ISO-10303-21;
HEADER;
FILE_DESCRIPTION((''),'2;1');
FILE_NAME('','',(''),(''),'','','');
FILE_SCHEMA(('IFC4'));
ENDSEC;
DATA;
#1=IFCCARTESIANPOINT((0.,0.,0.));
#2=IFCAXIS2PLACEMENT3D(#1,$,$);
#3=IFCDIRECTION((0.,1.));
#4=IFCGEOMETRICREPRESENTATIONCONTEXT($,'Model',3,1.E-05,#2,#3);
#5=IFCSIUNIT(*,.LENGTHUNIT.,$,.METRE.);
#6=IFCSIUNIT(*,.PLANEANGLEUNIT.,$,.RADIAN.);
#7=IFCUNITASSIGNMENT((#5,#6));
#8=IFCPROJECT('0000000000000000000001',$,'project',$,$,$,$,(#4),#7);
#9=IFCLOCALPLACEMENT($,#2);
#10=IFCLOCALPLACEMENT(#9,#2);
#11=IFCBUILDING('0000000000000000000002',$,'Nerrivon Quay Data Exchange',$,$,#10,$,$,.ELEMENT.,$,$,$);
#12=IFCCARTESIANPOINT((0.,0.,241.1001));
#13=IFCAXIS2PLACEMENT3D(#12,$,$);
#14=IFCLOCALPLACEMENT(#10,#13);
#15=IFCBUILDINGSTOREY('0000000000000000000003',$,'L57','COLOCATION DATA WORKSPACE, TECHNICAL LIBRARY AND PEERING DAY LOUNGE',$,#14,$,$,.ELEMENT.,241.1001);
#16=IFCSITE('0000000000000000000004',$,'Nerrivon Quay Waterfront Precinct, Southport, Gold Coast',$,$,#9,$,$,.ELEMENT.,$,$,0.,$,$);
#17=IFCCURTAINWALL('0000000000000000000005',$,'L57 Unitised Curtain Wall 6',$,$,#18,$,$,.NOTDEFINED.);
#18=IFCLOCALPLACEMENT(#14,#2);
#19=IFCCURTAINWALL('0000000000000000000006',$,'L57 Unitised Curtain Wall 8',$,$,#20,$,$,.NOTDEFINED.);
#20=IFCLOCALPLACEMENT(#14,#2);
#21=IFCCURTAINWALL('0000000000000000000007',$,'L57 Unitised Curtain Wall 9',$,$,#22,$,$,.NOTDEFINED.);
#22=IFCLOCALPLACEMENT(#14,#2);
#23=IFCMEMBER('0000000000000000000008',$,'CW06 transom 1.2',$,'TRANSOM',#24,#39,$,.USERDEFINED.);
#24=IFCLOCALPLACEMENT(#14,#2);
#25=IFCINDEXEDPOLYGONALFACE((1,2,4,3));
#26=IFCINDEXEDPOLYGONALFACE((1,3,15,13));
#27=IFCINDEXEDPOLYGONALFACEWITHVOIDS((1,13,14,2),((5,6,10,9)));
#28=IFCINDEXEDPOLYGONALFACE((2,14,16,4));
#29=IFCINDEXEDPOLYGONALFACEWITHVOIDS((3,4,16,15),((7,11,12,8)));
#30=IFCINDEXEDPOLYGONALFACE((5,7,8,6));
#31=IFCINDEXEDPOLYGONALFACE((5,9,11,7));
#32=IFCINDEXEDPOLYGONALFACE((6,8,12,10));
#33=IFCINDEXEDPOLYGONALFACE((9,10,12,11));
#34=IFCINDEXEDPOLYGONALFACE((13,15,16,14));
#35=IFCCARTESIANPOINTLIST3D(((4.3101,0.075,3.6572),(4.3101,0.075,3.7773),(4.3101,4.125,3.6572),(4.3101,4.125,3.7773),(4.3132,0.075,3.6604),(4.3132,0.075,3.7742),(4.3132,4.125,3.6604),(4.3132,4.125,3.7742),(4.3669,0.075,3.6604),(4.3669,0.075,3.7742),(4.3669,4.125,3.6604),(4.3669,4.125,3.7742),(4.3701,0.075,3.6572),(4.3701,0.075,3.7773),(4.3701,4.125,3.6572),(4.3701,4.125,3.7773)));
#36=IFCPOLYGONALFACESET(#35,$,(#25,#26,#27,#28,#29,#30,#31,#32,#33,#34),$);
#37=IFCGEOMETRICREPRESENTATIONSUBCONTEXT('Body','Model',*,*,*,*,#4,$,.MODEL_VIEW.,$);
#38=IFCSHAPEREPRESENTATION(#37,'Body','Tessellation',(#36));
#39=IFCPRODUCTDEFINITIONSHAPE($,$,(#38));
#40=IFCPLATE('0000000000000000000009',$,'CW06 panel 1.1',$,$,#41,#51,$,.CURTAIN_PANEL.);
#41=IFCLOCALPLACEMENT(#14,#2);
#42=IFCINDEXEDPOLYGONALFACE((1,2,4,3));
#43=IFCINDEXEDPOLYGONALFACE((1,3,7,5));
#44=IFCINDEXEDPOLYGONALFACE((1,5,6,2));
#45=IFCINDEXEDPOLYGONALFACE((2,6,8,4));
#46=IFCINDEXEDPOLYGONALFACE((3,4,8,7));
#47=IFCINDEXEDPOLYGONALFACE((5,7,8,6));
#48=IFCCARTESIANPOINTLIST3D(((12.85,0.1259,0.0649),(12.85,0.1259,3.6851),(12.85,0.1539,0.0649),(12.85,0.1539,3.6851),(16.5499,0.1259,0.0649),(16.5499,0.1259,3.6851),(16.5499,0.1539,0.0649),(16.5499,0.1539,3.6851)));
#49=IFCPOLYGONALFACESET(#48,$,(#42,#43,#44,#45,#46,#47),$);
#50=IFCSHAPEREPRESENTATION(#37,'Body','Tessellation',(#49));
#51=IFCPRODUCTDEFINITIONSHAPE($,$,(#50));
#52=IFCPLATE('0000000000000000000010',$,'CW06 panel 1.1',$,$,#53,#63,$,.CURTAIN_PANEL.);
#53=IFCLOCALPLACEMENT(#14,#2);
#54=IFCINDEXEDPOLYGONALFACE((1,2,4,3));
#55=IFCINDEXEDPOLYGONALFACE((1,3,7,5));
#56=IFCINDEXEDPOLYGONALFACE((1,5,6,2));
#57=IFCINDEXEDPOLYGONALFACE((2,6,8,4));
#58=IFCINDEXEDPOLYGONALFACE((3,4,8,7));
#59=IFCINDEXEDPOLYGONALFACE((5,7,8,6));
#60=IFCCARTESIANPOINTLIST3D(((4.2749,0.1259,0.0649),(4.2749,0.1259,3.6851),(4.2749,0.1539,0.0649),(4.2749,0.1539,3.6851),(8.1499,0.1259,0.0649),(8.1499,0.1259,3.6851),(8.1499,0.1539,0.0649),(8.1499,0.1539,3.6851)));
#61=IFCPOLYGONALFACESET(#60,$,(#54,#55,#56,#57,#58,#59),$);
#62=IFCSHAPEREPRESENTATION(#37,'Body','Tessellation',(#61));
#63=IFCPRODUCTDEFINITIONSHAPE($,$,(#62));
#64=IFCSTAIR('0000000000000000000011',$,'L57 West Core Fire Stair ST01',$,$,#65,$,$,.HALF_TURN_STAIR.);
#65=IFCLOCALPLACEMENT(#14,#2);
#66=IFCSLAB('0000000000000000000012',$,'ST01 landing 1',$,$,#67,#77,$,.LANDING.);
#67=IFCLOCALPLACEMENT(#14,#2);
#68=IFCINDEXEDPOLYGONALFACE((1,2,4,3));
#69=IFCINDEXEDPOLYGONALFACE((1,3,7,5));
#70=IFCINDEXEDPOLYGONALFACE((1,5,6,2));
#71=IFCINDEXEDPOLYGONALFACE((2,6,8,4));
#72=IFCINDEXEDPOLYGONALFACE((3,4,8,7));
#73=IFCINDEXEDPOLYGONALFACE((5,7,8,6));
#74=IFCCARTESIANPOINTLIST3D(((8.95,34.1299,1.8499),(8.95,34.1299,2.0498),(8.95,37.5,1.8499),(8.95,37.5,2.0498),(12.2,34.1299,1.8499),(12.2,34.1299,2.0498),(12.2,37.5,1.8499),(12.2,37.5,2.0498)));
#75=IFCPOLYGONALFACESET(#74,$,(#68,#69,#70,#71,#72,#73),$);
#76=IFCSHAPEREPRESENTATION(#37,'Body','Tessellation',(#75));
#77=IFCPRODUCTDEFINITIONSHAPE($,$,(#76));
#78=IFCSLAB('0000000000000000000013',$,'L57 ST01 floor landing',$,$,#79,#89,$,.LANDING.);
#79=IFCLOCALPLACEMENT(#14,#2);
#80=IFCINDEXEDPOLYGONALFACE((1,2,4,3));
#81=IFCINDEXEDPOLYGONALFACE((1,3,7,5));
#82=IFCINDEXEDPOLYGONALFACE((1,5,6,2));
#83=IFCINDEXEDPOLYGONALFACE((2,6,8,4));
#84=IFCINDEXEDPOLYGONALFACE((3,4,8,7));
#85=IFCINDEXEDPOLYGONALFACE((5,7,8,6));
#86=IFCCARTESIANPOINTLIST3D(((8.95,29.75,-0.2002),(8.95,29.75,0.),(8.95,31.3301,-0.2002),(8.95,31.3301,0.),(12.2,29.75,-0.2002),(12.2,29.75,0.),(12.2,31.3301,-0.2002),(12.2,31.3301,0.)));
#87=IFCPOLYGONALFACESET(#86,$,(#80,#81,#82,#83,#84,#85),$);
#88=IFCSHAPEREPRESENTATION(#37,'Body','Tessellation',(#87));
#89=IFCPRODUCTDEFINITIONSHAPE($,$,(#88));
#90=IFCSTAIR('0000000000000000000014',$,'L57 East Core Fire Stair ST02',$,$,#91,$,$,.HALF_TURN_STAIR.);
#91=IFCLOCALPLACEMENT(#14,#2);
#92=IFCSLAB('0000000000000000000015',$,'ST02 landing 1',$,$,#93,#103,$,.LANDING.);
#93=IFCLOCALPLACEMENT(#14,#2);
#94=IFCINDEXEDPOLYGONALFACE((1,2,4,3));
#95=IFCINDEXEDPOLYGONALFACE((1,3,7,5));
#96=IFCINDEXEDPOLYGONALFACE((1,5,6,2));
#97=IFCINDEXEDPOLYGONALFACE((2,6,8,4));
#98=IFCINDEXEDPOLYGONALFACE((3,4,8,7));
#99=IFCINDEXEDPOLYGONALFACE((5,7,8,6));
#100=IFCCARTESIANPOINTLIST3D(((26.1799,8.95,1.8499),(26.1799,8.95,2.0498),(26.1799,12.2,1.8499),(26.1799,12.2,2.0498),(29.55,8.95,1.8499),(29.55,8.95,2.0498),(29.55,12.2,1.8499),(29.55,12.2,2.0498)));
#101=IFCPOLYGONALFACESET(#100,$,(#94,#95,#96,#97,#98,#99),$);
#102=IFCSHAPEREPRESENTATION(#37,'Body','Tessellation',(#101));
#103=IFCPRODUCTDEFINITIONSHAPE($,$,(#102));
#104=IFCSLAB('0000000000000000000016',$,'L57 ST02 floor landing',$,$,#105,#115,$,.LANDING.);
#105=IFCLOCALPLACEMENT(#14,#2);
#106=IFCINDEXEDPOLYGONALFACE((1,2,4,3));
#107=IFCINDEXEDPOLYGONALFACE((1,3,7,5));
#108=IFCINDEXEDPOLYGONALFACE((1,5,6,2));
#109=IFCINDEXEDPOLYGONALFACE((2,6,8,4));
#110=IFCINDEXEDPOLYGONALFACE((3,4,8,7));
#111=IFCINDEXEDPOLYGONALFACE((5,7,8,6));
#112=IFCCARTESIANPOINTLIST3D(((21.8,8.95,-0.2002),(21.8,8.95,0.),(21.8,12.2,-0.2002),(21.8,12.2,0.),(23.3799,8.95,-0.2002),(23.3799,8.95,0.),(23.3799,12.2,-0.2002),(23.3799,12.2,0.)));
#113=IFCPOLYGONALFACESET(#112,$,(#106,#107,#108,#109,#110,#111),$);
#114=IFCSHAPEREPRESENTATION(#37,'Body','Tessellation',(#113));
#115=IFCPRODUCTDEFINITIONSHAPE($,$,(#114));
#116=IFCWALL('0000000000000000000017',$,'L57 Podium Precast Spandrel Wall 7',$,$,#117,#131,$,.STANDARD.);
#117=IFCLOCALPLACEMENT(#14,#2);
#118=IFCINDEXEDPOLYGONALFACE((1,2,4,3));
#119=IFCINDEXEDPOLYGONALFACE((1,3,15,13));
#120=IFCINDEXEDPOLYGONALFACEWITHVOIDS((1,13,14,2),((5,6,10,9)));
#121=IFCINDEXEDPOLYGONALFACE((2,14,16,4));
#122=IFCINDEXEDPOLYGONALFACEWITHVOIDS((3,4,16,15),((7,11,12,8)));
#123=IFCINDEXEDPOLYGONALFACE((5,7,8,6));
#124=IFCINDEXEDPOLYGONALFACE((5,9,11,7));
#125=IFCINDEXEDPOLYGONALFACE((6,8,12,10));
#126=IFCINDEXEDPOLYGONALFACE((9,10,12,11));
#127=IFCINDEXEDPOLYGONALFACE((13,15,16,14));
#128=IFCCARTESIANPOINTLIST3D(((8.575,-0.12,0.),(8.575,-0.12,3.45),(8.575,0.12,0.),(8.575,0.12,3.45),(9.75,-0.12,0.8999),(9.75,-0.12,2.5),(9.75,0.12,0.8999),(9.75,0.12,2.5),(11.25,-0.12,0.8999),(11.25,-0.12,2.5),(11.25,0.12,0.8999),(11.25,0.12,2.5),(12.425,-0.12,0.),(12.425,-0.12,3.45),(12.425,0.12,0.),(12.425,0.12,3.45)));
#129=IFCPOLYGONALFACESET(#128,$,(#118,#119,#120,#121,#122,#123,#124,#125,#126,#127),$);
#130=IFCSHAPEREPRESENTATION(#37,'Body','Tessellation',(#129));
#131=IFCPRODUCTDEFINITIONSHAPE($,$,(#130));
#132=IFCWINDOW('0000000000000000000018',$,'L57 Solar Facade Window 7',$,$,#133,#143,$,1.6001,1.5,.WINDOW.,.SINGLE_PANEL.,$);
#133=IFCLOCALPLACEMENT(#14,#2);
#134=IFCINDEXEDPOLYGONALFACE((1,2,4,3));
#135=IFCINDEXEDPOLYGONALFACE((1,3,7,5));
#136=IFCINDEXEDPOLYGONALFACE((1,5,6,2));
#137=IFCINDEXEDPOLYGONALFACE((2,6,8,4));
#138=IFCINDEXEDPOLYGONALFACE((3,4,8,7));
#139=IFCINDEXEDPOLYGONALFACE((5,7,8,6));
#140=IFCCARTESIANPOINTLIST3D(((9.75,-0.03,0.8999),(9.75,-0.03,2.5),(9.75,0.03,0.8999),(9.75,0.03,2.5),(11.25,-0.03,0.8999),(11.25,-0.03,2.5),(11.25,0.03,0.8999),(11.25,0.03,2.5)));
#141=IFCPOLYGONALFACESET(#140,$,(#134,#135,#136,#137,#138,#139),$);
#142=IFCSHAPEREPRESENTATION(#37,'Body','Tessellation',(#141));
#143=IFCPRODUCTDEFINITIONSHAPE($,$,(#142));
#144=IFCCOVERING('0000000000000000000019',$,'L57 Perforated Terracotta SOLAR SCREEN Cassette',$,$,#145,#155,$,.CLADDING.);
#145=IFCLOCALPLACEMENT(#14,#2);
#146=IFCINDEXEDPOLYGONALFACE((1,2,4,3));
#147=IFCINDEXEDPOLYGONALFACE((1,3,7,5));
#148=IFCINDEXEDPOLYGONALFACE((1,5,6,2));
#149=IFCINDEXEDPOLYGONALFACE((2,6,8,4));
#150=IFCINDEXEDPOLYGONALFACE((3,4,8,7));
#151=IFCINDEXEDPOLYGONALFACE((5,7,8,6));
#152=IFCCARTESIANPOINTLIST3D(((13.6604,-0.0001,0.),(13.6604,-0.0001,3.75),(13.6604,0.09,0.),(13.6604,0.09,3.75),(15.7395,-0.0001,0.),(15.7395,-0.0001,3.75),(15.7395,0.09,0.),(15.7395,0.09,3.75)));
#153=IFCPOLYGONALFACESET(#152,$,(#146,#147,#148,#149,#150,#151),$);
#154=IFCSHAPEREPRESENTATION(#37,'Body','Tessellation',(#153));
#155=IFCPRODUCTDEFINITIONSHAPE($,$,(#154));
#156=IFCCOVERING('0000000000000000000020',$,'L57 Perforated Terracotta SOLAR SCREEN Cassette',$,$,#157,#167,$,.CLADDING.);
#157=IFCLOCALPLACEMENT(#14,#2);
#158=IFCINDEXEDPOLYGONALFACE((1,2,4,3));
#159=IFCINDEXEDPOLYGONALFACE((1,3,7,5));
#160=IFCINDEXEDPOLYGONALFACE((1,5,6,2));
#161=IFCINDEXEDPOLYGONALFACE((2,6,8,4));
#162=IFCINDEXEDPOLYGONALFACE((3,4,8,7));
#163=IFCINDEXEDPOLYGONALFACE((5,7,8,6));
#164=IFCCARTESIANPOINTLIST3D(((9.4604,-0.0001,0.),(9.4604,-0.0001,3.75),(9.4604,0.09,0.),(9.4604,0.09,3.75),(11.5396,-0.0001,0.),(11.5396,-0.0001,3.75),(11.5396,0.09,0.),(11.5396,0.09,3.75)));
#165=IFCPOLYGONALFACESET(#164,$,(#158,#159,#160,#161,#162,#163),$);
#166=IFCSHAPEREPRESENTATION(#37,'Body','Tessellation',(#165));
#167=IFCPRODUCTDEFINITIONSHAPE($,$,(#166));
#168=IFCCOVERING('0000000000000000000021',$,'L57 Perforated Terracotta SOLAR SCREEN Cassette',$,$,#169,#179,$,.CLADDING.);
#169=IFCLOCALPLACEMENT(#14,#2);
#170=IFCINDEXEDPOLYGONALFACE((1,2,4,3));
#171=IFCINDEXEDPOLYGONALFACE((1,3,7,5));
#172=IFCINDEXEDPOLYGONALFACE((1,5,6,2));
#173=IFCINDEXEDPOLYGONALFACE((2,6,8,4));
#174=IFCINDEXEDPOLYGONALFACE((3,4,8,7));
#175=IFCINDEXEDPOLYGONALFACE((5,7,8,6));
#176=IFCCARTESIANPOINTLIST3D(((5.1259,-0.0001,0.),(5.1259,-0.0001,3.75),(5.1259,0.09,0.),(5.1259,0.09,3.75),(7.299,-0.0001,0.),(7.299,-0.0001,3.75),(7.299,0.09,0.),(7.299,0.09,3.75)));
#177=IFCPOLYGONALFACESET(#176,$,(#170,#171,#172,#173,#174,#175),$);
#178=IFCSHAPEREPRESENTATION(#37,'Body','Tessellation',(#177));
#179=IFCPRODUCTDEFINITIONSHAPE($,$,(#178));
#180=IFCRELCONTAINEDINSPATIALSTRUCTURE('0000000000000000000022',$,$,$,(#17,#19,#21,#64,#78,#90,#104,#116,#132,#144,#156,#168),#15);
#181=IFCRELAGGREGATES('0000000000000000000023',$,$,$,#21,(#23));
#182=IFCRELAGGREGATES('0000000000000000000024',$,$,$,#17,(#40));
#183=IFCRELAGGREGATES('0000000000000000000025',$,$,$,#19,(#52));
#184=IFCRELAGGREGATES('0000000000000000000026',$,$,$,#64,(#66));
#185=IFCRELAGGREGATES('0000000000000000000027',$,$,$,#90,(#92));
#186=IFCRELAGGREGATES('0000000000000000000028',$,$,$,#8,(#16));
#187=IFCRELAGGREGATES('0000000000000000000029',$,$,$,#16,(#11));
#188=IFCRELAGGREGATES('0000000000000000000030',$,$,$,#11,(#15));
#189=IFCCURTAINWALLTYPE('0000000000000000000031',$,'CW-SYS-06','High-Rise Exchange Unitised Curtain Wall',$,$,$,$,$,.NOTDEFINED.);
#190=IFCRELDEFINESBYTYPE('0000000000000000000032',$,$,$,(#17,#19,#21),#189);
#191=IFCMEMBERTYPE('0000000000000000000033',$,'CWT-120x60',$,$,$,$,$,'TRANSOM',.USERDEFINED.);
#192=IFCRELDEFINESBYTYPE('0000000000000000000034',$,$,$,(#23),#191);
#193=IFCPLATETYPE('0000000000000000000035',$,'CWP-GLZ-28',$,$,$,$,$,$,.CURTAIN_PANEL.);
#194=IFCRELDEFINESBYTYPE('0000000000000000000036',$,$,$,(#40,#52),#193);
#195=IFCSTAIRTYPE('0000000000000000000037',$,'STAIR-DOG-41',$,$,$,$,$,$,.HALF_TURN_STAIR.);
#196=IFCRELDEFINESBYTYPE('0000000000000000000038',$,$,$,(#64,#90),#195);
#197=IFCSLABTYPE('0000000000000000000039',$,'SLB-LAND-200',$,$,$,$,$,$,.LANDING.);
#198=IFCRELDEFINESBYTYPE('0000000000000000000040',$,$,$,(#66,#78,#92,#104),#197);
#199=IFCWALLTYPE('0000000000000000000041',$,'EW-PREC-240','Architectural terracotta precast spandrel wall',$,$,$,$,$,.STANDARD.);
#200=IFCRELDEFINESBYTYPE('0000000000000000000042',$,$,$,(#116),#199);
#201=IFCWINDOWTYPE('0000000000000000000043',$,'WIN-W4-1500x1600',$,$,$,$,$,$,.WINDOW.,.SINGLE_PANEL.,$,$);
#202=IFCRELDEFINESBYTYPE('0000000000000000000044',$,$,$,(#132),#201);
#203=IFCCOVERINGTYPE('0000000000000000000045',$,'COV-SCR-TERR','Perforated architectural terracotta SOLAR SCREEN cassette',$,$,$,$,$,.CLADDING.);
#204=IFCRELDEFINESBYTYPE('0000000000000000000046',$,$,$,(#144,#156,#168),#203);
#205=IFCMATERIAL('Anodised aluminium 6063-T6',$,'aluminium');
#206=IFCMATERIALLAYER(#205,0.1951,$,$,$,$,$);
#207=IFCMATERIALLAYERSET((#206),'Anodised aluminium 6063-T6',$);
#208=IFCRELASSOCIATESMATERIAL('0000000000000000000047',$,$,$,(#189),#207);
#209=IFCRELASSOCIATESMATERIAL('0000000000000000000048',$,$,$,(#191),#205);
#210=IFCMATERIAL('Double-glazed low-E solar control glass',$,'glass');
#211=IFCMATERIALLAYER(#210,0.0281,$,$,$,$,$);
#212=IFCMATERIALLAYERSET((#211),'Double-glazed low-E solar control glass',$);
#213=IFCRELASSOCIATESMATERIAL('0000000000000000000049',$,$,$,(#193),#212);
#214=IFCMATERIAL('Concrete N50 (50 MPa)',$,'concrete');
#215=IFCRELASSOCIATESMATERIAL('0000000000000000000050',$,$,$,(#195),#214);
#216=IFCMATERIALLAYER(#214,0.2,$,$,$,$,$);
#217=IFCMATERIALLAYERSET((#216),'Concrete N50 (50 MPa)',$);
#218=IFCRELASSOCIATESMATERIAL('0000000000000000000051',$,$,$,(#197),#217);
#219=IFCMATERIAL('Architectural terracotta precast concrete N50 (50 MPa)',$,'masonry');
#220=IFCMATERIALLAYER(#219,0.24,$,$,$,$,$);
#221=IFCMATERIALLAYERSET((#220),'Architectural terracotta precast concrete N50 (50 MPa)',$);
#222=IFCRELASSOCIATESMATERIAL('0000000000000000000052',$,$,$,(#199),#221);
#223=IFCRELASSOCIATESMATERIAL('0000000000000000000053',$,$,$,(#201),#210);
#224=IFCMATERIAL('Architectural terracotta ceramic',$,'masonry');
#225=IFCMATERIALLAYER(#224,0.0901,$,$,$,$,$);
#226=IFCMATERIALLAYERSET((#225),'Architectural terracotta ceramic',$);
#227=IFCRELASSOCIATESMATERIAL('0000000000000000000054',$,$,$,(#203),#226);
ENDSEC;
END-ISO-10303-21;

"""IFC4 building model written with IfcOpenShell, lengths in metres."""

from ifc_helpers import new_model, si_unit, direction, frame, frame_2d, origin, origin_2d, place, context, subcontext, project, spatial, polyline, rectangle, hollow_rectangle, outline, extrude, material, layer, layer_set, material_profile, profile_set, type_object, element, fill, aggregate, save


model = new_model("IFC4")

# Units and contexts
model_context = context("Model", 3, precision=1e-05, world=origin(), true_north=direction((0.0, 1.0)))
body_context = subcontext(model_context, "Body", "Model", "MODEL_VIEW")
ifc_project = project(units=[si_unit("LENGTHUNIT", "METRE"), si_unit("PLANEANGLEUNIT", "RADIAN")], contexts=[model_context])

# Site, building, storey
site_placement = place(None, origin())
site = spatial("IfcSite", under=ifc_project, at=site_placement, Name="Nerrivon Quay Waterfront Precinct, Southport, Gold Coast", CompositionType="ELEMENT", RefElevation=0.0)
building_placement = place(site_placement, origin())
building = spatial("IfcBuilding", under=site, at=building_placement, Name="Nerrivon Quay Data Exchange", CompositionType="ELEMENT")
storey_placement = place(building_placement, frame((0.0, 0.0, 241.1001)))
storey = spatial("IfcBuildingStorey", under=building, at=storey_placement, Name="L57", Description="COLOCATION DATA WORKSPACE, TECHNICAL LIBRARY AND PEERING DAY LOUNGE", CompositionType="ELEMENT", Elevation=241.1001)

# Shared definitions
ifc_material_1 = material(Name="Concrete N50 (50 MPa)", Category="concrete")

# Curtain wall
ifc_material_2 = material(Name="Anodised aluminium 6063-T6", Category="aluminium")
ifc_layer_1 = layer(ifc_material_2, 0.1951)
ifc_layer_set_1 = layer_set([ifc_layer_1], Name="Anodised aluminium 6063-T6")
curtain_wall_type = type_object("IfcCurtainWallType", Name="CW-SYS-06", Description="High-Rise Exchange Unitised Curtain Wall", PredefinedType="NOTDEFINED", material=ifc_layer_set_1)
curtain_wall_1_placement = place(storey_placement, origin())
curtain_wall_1 = element("IfcCurtainWall", 1, at=curtain_wall_1_placement, inside=storey, type_object=curtain_wall_type, Name="L57 Unitised Curtain Wall 6", PredefinedType="NOTDEFINED")

# Curtain wall
curtain_wall_2_placement = place(storey_placement, origin())
curtain_wall_2 = element("IfcCurtainWall", 2, at=curtain_wall_2_placement, inside=storey, type_object=curtain_wall_type, Name="L57 Unitised Curtain Wall 8", PredefinedType="NOTDEFINED")

# Curtain wall
curtain_wall_3_placement = place(storey_placement, origin())
curtain_wall_3 = element("IfcCurtainWall", 3, at=curtain_wall_3_placement, inside=storey, type_object=curtain_wall_type, Name="L57 Unitised Curtain Wall 9", PredefinedType="NOTDEFINED")

# Member
ifc_material_profile_1 = material_profile(ifc_material_2, hollow_rectangle(XDim=0.0601, YDim=0.1201, WallThickness=0.0032, at=origin_2d()), Name="ALU-TRAN-120x60")
ifc_profile_set_1 = profile_set([ifc_material_profile_1], Name="Anodised aluminium 6063-T6")
member_type_1 = type_object("IfcMemberType", Name="CWT-120x60", ElementType="TRANSOM", PredefinedType="USERDEFINED", material=ifc_profile_set_1)
member_1_placement = place(storey_placement, frame((4.3401, 0.075, 3.7173), z_axis=(0.0, 1.0, 0.0), x_axis=(-1.0, 0.0, 0.0)))
member_1 = element("IfcMember", 4, at=member_1_placement, type_object=member_type_1, Name="CW06 transom 1.2", ObjectType="TRANSOM", PredefinedType="USERDEFINED", context=body_context, shape_type="SweptSolid", body=[
    extrude(hollow_rectangle(XDim=0.0601, YDim=0.1201, WallThickness=0.0032, at=origin_2d()), origin(), (0.0, 0.0, 1.0), 4.05),
])
aggregate(curtain_wall_3, [member_1])

# Plates
ifc_material_3 = material(Name="Double-glazed low-E solar control glass", Category="glass")
ifc_layer_2 = layer(ifc_material_3, 0.0281)
ifc_layer_set_2 = layer_set([ifc_layer_2], Name="Double-glazed low-E solar control glass")
plate_type = type_object("IfcPlateType", Name="CWP-GLZ-28", PredefinedType="CURTAIN_PANEL", material=ifc_layer_set_2)
plate_1_placement = place(storey_placement, frame((14.7, 0.1399, 0.0649), z_axis=(0.0, 0.0, 1.0), x_axis=(-1.0, 0.0, 0.0)))
plate_1 = element("IfcPlate", 5, at=plate_1_placement, type_object=plate_type, Name="CW06 panel 1.1", PredefinedType="CURTAIN_PANEL", context=body_context, shape_type="SweptSolid", body=[
    extrude(rectangle(XDim=3.7, YDim=0.0281, at=origin_2d()), origin(), (0.0, 0.0, 1.0), 3.6201),
])
aggregate(curtain_wall_1, [plate_1])
plate_2_placement = place(storey_placement, frame((6.2124, 0.1399, 0.0649), z_axis=(0.0, 0.0, 1.0), x_axis=(-1.0, 0.0, 0.0)))
plate_2 = element("IfcPlate", 6, at=plate_2_placement, type_object=plate_type, Name="CW06 panel 1.1", PredefinedType="CURTAIN_PANEL", context=body_context, shape_type="SweptSolid", body=[
    extrude(rectangle(XDim=3.875, YDim=0.0281, at=origin_2d()), origin(), (0.0, 0.0, 1.0), 3.6201),
])
aggregate(curtain_wall_2, [plate_2])

# Stair, slab
stair_type = type_object("IfcStairType", Name="STAIR-DOG-41", PredefinedType="HALF_TURN_STAIR", material=ifc_material_1)
stair_1_placement = place(storey_placement, origin())
stair_1 = element("IfcStair", 7, at=stair_1_placement, inside=storey, type_object=stair_type, Name="L57 West Core Fire Stair ST01", PredefinedType="HALF_TURN_STAIR")
ifc_layer_3 = layer(ifc_material_1, 0.2)
ifc_layer_set_3 = layer_set([ifc_layer_3], Name="Concrete N50 (50 MPa)")
slab_type = type_object("IfcSlabType", Name="SLB-LAND-200", PredefinedType="LANDING", material=ifc_layer_set_3)
slab_1_placement = place(storey_placement, frame((0.0, 0.0, 1.8499)))
slab_1 = element("IfcSlab", 8, at=slab_1_placement, type_object=slab_type, Name="ST01 landing 1", PredefinedType="LANDING", context=body_context, shape_type="SweptSolid", body=[
    extrude(outline(polyline([(12.2, 34.1299), (12.2, 37.5), (8.95, 37.5), (8.95, 34.1299), (12.2, 34.1299)])), origin(), (0.0, 0.0, 1.0), 0.2),
])
aggregate(stair_1, [slab_1])

# Slab
slab_2_placement = place(storey_placement, frame((0.0, 0.0, -0.2002)))
element("IfcSlab", 9, at=slab_2_placement, inside=storey, type_object=slab_type, Name="L57 ST01 floor landing", PredefinedType="LANDING", context=body_context, shape_type="SweptSolid", body=[
    extrude(outline(polyline([(12.2, 29.75), (12.2, 31.3301), (8.95, 31.3301), (8.95, 29.75), (12.2, 29.75)])), origin(), (0.0, 0.0, 1.0), 0.2002),
])

# Stair, slab
stair_2_placement = place(storey_placement, origin())
stair_2 = element("IfcStair", 10, at=stair_2_placement, inside=storey, type_object=stair_type, Name="L57 East Core Fire Stair ST02", PredefinedType="HALF_TURN_STAIR")
slab_3_placement = place(storey_placement, frame((0.0, 0.0, 1.8499)))
slab_3 = element("IfcSlab", 11, at=slab_3_placement, type_object=slab_type, Name="ST02 landing 1", PredefinedType="LANDING", context=body_context, shape_type="SweptSolid", body=[
    extrude(outline(polyline([(26.1799, 8.95), (29.55, 8.95), (29.55, 12.2), (26.1799, 12.2), (26.1799, 8.95)])), origin(), (0.0, 0.0, 1.0), 0.2),
])
aggregate(stair_2, [slab_3])

# Slab
slab_4_placement = place(storey_placement, frame((0.0, 0.0, -0.2002)))
element("IfcSlab", 12, at=slab_4_placement, inside=storey, type_object=slab_type, Name="L57 ST02 floor landing", PredefinedType="LANDING", context=body_context, shape_type="SweptSolid", body=[
    extrude(outline(polyline([(21.8, 8.95), (23.3799, 8.95), (23.3799, 12.2), (21.8, 12.2), (21.8, 8.95)])), origin(), (0.0, 0.0, 1.0), 0.2002),
])

# Wall, opening, window
ifc_material_4 = material(Name="Architectural terracotta precast concrete N50 (50 MPa)", Category="masonry")
ifc_layer_4 = layer(ifc_material_4, 0.24)
ifc_layer_set_4 = layer_set([ifc_layer_4], Name="Architectural terracotta precast concrete N50 (50 MPa)")
wall_type = type_object("IfcWallType", Name="EW-PREC-240", Description="Architectural terracotta precast spandrel wall", PredefinedType="STANDARD", material=ifc_layer_set_4)
wall_placement = place(storey_placement, frame((12.425, 0.0, 0.0), z_axis=(0.0, 0.0, 1.0), x_axis=(-1.0, 0.0, 0.0)))
wall = element("IfcWall", 13, at=wall_placement, inside=storey, type_object=wall_type, Name="L57 Podium Precast Spandrel Wall 7", PredefinedType="STANDARD", context=body_context, shape_type="SweptSolid", body=[
    extrude(rectangle(XDim=3.8501, YDim=0.24, at=frame_2d((1.925, 0.0))), origin(), (0.0, 0.0, 1.0), 3.45),
])
opening_placement = place(wall_placement, frame((1.175, 0.0, 0.8999)))
opening = element("IfcOpeningElement", 14, at=opening_placement, cuts=wall, PredefinedType="OPENING", context=body_context, shape_type="SweptSolid", body=[
    extrude(rectangle(XDim=1.5, YDim=1.6001, at=frame_2d((0.75, 0.8))), frame((0.0, 0.1299, 0.0), z_axis=(0.0, -1.0, 0.0), x_axis=(1.0, 0.0, 0.0)), (0.0, 0.0, 1.0), 0.26),
])
window_type = type_object("IfcWindowType", Name="WIN-W4-1500x1600", PartitioningType="SINGLE_PANEL", PredefinedType="WINDOW", material=ifc_material_3)
window_placement = place(opening_placement, origin())
window = element("IfcWindow", 15, at=window_placement, inside=storey, type_object=window_type, Name="L57 Solar Facade Window 7", OverallHeight=1.6001, OverallWidth=1.5, PartitioningType="SINGLE_PANEL", PredefinedType="WINDOW", context=body_context, shape_type="SweptSolid", body=[
    extrude(rectangle(XDim=1.5, YDim=1.6001, at=frame_2d((0.75, 0.8))), frame((0.0, 0.03, 0.0), z_axis=(0.0, -1.0, 0.0), x_axis=(1.0, 0.0, 0.0)), (0.0, 0.0, 1.0), 0.0601),
])
fill(opening, window)

# Coverings
ifc_material_5 = material(Name="Architectural terracotta ceramic", Category="masonry")
ifc_layer_5 = layer(ifc_material_5, 0.0901)
ifc_layer_set_5 = layer_set([ifc_layer_5], Name="Architectural terracotta ceramic")
covering_type = type_object("IfcCoveringType", Name="COV-SCR-TERR", Description="Perforated architectural terracotta SOLAR SCREEN cassette", PredefinedType="CLADDING", material=ifc_layer_set_5)
for number, where, z_axis, x_axis, name in (
    (16, (14.7, 0.0449, 0.0), (0.0, 0.0, 1.0), (-1.0, 0.0, 0.0), "L57 Perforated Terracotta SOLAR SCREEN Cassette"),
    (17, (10.5, 0.0449, 0.0), (0.0, 0.0, 1.0), (-1.0, 0.0, 0.0), "L57 Perforated Terracotta SOLAR SCREEN Cassette"),
):
    element("IfcCovering", number, at=place(storey_placement, frame(where, z_axis=z_axis, x_axis=x_axis)), inside=storey, type_object=covering_type, Name=name, PredefinedType="CLADDING", context=body_context, shape_type="SweptSolid", body=[
        extrude(rectangle(XDim=2.0791, YDim=0.0901, at=origin_2d()), origin(), (0.0, 0.0, 1.0), 3.75),
    ])
covering_placement = place(storey_placement, frame((6.2124, 0.0449, 0.0), z_axis=(0.0, 0.0, 1.0), x_axis=(-1.0, 0.0, 0.0)))
element("IfcCovering", 18, at=covering_placement, inside=storey, type_object=covering_type, Name="L57 Perforated Terracotta SOLAR SCREEN Cassette", PredefinedType="CLADDING", context=body_context, shape_type="SweptSolid", body=[
    extrude(rectangle(XDim=2.1731, YDim=0.0901, at=origin_2d()), origin(), (0.0, 0.0, 1.0), 3.75),
])

save(model, "model.ifc")
